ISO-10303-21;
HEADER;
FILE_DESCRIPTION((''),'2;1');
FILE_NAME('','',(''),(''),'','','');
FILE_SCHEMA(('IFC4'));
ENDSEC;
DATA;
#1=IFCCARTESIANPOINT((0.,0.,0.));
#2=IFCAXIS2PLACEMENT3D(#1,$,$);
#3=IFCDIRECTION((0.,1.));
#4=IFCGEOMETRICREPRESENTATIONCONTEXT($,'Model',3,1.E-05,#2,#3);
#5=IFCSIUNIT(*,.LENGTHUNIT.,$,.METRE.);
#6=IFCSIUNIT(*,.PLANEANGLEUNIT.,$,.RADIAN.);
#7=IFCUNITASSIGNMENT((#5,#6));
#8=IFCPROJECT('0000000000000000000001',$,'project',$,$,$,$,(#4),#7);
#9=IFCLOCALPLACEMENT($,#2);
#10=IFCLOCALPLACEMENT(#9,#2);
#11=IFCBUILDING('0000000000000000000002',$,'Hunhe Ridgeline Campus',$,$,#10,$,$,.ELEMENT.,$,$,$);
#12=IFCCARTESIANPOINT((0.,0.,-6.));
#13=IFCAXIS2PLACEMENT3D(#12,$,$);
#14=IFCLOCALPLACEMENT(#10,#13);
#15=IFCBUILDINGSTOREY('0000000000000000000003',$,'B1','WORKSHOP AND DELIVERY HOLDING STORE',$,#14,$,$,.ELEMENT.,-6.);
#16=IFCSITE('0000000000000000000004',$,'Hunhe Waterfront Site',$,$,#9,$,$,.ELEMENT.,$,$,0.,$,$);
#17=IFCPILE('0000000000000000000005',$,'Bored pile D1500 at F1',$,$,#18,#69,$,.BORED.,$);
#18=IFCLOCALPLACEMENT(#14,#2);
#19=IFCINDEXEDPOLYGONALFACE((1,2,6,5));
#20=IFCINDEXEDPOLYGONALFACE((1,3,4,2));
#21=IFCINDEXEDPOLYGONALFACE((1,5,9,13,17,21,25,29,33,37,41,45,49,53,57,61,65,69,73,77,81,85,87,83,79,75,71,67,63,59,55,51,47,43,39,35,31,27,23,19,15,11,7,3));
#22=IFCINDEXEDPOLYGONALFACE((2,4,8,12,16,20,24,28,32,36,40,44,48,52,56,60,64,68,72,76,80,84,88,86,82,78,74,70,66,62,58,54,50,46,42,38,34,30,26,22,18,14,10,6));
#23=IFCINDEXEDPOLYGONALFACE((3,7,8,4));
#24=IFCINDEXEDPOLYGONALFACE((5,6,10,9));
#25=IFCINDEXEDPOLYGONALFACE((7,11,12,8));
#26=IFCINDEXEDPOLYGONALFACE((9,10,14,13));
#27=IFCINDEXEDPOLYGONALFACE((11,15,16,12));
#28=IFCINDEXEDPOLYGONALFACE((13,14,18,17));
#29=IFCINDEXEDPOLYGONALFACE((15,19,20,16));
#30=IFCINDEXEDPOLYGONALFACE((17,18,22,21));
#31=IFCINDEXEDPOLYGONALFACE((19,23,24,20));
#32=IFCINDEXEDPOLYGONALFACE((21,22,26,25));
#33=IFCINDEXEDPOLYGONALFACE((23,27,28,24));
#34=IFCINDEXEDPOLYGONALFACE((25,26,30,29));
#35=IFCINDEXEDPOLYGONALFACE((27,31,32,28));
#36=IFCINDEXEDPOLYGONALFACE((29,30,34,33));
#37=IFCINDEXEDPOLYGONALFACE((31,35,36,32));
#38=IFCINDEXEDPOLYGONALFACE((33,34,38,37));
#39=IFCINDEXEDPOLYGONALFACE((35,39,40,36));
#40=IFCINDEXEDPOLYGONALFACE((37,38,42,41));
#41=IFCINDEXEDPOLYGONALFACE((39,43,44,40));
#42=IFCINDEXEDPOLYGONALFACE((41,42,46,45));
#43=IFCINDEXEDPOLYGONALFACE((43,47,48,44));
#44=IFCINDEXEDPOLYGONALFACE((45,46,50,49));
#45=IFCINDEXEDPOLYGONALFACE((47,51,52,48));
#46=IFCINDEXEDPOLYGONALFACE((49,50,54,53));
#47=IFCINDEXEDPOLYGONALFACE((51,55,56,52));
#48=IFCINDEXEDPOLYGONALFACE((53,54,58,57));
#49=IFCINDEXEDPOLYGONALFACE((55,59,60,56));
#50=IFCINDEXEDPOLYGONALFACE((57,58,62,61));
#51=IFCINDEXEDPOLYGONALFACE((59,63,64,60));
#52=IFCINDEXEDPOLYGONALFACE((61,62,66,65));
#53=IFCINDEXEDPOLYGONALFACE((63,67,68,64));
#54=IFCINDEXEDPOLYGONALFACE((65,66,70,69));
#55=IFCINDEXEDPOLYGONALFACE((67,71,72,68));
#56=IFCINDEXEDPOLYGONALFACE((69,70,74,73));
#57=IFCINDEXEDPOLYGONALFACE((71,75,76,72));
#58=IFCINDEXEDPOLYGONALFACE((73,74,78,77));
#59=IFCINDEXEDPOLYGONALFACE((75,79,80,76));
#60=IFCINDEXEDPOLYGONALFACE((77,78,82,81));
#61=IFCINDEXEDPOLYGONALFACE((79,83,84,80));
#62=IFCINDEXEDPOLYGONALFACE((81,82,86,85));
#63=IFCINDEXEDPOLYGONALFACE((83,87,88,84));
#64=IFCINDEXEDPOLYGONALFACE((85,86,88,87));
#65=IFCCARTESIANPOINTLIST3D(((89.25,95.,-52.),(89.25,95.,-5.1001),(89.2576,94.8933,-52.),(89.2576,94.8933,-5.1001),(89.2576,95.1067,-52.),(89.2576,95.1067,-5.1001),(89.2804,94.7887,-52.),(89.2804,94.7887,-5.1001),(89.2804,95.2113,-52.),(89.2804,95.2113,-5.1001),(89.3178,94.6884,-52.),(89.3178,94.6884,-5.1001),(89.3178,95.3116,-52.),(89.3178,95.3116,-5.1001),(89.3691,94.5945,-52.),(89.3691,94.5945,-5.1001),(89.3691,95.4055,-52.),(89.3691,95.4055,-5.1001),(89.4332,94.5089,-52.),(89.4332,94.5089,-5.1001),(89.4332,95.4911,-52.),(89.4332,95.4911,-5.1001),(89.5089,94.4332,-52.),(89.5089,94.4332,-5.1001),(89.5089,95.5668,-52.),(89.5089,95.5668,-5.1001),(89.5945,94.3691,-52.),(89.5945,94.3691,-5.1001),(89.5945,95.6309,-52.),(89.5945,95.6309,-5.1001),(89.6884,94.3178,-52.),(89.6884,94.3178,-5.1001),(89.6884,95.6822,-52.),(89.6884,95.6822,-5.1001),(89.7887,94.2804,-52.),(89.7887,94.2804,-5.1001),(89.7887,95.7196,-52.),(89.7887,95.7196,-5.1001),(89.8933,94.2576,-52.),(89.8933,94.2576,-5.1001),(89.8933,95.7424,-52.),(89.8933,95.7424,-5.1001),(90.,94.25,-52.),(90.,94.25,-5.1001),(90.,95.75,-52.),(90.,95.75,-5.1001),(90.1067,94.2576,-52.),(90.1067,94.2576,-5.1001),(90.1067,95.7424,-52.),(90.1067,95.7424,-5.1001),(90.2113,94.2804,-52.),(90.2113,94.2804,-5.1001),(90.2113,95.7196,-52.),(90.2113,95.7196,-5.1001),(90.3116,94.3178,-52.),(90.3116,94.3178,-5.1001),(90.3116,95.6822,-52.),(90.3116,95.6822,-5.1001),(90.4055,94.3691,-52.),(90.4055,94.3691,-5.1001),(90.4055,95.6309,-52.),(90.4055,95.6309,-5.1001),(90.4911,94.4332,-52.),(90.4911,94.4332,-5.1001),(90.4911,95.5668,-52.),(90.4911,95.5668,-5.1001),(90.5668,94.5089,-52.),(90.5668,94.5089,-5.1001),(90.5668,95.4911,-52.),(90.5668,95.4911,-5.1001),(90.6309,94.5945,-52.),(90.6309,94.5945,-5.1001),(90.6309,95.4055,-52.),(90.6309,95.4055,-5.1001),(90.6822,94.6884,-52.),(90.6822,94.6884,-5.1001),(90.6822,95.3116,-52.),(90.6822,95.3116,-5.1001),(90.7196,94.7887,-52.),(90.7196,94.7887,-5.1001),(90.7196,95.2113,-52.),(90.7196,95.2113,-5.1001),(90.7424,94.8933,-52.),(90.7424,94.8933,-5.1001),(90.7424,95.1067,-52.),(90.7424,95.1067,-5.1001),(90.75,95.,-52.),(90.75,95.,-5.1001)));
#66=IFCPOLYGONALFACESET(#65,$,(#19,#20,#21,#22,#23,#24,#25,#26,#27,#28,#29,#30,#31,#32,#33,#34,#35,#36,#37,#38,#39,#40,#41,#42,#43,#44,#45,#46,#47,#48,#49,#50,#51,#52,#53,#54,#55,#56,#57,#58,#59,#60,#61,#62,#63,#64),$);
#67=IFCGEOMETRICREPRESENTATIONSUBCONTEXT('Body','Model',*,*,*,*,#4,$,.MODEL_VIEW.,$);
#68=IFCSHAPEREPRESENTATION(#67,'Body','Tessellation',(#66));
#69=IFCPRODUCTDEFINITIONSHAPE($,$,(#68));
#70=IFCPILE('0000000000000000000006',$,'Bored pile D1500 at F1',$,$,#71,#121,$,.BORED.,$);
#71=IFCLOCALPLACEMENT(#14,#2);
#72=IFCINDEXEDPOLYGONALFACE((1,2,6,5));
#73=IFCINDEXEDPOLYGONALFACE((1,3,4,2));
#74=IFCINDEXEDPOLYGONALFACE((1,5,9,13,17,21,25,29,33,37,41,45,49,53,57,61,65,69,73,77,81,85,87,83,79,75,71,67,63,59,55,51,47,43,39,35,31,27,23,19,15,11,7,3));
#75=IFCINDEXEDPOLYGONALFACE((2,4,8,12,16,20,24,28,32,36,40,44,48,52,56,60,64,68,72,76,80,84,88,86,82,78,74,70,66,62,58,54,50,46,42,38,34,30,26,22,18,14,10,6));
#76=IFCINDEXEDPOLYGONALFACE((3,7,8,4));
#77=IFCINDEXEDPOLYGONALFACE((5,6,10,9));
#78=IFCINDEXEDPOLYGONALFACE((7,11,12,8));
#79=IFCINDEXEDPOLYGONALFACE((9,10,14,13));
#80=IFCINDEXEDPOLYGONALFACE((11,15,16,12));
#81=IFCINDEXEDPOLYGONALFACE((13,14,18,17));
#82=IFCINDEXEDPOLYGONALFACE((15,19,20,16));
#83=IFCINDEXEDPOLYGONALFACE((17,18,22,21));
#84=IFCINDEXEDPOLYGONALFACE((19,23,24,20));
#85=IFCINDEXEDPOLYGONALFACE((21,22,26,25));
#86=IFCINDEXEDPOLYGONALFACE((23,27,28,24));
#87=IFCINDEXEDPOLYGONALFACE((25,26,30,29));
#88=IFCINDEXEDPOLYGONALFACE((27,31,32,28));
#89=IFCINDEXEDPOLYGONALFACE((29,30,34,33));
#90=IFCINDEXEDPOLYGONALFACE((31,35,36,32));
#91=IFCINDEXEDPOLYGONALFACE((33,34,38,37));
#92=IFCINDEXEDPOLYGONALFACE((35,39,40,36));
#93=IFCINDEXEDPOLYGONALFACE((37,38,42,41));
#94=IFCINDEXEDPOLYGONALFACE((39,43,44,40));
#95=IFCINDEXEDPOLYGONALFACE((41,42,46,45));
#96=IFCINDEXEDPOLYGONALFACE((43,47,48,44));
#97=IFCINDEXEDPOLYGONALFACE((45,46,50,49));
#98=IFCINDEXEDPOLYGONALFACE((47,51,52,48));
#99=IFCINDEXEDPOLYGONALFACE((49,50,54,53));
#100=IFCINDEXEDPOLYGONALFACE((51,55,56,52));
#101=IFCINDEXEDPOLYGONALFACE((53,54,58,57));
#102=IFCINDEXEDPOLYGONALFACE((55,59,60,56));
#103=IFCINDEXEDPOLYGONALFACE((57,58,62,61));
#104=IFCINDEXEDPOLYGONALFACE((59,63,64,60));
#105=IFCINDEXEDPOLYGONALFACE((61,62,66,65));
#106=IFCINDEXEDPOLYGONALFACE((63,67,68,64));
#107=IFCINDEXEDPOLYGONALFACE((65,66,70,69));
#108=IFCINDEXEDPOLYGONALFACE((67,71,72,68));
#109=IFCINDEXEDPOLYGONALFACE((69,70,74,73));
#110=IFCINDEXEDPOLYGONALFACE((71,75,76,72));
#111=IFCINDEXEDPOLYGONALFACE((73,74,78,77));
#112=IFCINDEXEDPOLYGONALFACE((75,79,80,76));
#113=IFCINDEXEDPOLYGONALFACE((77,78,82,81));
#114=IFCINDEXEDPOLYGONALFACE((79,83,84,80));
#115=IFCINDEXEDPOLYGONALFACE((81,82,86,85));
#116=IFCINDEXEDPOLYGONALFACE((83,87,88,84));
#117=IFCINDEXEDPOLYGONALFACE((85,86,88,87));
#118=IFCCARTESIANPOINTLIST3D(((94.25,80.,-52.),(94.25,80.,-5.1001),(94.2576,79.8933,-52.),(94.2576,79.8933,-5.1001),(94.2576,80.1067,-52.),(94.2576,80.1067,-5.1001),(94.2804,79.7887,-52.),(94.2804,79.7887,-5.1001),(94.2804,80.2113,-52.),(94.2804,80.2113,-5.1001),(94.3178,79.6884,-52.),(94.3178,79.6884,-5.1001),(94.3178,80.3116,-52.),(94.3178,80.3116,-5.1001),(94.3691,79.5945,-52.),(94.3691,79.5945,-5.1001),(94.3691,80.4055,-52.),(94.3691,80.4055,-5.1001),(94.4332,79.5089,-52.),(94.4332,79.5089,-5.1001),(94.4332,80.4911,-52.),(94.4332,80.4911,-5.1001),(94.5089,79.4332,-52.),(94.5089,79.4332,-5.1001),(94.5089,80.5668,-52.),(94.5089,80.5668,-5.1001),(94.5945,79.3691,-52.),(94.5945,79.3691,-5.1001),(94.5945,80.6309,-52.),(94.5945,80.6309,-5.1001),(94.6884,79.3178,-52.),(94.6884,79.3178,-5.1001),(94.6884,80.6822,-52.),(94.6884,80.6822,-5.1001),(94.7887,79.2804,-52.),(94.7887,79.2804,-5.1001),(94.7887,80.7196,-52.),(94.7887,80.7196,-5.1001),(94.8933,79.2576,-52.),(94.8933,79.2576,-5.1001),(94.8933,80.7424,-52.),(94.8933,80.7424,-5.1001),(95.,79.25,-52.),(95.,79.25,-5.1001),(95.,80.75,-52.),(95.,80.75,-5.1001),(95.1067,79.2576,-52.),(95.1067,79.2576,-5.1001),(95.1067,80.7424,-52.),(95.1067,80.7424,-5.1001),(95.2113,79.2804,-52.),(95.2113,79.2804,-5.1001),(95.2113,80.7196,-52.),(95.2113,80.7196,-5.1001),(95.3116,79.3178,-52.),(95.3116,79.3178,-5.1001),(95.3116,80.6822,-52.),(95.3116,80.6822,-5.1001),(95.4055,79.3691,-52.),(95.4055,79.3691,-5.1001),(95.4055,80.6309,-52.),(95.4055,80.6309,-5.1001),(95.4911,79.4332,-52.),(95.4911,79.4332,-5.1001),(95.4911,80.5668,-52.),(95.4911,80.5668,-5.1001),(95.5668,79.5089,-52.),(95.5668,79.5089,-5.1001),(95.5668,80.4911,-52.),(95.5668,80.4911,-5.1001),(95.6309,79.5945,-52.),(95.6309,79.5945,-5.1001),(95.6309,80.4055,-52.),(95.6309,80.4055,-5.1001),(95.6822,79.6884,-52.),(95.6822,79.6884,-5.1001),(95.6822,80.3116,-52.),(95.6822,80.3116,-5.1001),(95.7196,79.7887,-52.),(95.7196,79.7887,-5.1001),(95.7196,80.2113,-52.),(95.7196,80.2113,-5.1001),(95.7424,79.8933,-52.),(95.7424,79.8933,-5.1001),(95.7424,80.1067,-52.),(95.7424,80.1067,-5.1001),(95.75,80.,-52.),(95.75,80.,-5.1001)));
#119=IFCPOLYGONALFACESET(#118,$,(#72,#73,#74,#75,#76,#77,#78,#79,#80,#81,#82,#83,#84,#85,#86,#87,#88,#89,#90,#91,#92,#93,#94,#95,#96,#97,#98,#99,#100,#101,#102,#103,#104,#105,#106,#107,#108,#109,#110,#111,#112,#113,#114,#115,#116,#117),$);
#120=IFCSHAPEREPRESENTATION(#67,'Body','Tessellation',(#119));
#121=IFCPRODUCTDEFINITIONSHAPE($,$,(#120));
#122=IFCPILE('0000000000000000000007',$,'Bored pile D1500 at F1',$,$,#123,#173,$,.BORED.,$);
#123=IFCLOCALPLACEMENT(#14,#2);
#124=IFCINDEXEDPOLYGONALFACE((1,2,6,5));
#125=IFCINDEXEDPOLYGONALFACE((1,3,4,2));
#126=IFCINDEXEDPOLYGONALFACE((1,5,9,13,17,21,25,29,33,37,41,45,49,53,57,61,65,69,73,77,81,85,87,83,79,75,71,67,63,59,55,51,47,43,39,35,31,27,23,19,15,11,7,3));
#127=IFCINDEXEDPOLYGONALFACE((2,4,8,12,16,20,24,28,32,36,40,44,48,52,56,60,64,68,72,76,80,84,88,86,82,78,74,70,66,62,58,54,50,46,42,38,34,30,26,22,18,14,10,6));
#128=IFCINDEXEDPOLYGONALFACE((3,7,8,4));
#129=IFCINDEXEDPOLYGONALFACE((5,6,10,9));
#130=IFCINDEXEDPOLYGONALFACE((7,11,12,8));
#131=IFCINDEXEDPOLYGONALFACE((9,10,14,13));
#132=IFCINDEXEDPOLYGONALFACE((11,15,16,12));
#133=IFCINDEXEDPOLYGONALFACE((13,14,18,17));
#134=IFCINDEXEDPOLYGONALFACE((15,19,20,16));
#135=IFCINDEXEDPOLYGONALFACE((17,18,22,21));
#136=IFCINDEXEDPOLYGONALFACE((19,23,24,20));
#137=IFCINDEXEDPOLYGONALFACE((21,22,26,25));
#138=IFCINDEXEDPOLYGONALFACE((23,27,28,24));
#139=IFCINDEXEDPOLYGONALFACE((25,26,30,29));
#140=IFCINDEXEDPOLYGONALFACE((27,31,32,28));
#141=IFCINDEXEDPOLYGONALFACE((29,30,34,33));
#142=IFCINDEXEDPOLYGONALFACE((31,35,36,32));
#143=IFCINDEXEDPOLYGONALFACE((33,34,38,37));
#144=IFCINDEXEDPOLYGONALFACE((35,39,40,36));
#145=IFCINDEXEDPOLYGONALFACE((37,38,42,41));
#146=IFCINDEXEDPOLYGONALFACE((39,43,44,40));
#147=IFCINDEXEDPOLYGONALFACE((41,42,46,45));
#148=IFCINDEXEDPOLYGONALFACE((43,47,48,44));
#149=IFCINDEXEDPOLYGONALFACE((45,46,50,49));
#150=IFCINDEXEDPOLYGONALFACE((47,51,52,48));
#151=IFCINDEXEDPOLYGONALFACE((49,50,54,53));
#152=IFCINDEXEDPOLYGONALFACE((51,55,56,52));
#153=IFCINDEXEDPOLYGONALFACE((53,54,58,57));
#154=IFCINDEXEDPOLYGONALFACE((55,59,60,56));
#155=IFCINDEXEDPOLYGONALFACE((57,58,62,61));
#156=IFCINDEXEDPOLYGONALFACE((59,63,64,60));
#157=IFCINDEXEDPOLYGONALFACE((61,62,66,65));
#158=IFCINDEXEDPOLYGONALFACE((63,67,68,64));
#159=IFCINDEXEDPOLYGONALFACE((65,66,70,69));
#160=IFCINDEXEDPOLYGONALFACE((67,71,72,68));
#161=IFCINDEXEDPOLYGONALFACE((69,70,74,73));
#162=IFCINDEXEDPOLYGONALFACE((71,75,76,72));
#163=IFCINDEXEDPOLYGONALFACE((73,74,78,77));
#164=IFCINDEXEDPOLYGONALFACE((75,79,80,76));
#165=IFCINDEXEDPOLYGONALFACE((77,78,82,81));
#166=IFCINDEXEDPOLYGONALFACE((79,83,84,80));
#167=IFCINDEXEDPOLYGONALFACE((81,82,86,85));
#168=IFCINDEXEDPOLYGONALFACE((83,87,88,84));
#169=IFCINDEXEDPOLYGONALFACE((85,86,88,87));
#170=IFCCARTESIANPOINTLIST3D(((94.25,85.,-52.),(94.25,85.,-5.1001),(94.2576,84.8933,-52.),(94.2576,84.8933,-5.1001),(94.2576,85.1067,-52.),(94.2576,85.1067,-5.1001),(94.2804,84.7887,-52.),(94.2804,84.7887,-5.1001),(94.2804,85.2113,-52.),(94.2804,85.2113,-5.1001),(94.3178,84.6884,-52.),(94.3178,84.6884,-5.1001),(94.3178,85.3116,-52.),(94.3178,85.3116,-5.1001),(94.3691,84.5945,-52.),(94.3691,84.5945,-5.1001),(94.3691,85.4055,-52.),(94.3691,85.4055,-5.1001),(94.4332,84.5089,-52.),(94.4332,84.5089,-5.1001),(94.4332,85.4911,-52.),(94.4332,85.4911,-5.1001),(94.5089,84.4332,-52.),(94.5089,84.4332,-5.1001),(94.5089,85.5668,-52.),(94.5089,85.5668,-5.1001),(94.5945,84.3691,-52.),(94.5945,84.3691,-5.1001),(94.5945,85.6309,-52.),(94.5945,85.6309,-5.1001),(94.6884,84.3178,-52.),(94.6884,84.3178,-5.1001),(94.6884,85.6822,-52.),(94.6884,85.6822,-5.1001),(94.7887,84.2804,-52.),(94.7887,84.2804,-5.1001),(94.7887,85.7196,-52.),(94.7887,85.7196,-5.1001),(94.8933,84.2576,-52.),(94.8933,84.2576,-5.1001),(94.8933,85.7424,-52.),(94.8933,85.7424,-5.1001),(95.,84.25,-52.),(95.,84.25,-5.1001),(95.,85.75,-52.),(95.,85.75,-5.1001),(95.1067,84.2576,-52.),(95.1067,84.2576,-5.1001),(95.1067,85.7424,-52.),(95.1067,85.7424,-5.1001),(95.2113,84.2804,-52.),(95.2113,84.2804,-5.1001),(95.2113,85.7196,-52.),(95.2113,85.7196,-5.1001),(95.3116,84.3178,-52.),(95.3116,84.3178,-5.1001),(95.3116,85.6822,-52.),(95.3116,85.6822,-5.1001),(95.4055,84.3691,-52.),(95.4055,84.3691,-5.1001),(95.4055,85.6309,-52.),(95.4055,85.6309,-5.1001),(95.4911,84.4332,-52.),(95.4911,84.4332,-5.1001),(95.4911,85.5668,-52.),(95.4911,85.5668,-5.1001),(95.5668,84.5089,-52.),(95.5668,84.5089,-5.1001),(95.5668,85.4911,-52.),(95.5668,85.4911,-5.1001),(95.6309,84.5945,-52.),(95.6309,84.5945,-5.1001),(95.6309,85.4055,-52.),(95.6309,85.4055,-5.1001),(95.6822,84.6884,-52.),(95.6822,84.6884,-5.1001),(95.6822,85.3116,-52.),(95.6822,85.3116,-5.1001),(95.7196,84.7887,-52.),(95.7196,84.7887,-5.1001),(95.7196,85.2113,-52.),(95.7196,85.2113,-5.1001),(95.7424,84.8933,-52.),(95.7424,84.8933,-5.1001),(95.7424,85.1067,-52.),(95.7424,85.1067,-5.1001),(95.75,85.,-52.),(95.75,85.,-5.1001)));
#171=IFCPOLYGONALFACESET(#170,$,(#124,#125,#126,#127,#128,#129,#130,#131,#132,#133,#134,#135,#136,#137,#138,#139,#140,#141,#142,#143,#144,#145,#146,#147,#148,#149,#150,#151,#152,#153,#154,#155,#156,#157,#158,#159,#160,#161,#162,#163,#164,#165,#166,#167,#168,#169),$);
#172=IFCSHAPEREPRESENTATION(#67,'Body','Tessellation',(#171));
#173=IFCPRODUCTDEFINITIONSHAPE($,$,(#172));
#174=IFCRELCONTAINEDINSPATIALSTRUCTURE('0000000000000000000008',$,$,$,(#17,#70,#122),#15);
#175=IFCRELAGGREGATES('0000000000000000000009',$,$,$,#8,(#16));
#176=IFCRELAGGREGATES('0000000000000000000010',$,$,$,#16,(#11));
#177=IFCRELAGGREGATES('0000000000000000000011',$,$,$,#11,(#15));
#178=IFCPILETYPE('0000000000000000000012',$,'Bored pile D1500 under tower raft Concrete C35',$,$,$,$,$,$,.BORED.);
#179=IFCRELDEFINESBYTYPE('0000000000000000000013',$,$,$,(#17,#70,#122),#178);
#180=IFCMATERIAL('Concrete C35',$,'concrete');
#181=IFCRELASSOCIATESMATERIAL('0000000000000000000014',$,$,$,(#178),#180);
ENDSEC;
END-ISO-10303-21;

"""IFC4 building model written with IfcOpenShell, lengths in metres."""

from ifc_helpers import new_model, si_unit, direction, frame, origin, origin_2d, place, context, subcontext, project, spatial, circle, extrude, material, material_profile, profile_set, type_object, element, save


model = new_model("IFC4")

# Units and contexts
model_context = context("Model", 3, precision=1e-05, world=origin(), true_north=direction((0.0, 1.0)))
body_context = subcontext(model_context, "Body", "Model", "MODEL_VIEW")
ifc_project = project(units=[si_unit("LENGTHUNIT", "METRE"), si_unit("PLANEANGLEUNIT", "RADIAN")], contexts=[model_context])

# Site, building, storey
site_placement = place(None, origin())
site = spatial("IfcSite", under=ifc_project, at=site_placement, Name="Hunhe Waterfront Site", CompositionType="ELEMENT", RefElevation=0.0)
building_placement = place(site_placement, origin())
building = spatial("IfcBuilding", under=site, at=building_placement, Name="Hunhe Ridgeline Campus", CompositionType="ELEMENT")
storey_placement = place(building_placement, frame((0.0, 0.0, -6.0)))
storey = spatial("IfcBuildingStorey", under=building, at=storey_placement, Name="B1", Description="WORKSHOP AND DELIVERY HOLDING STORE", CompositionType="ELEMENT", Elevation=-6.0)

# Piles
ifc_material_1 = material(Name="Concrete C35", Category="concrete")
ifc_material_profile_1 = material_profile(ifc_material_1, circle(Radius=0.75, at=origin_2d()))
ifc_profile_set_1 = profile_set([ifc_material_profile_1], Name="Concrete C35")
pile_type = type_object("IfcPileType", Name="Bored pile D1500 under tower raft Concrete C35", PredefinedType="BORED", material=ifc_profile_set_1)
for number, where, z_axis, x_axis, name in (
    (1, (90.0, 95.0, -5.1001), (0.0, 0.0, -1.0), (1.0, 0.0, 0.0), "Bored pile D1500 at F1"),
    (2, (95.0, 80.0, -5.1001), (0.0, 0.0, -1.0), (1.0, 0.0, 0.0), "Bored pile D1500 at F1"),
    (3, (95.0, 85.0, -5.1001), (0.0, 0.0, -1.0), (1.0, 0.0, 0.0), "Bored pile D1500 at F1"),
):
    element("IfcPile", number, at=place(storey_placement, frame(where, z_axis=z_axis, x_axis=x_axis)), inside=storey, type_object=pile_type, Name=name, PredefinedType="BORED", context=body_context, shape_type="SweptSolid", body=[
        extrude(circle(Radius=0.75, at=origin_2d()), origin(), (0.0, 0.0, 1.0), 46.8999),
    ])

save(model, "model.ifc")
